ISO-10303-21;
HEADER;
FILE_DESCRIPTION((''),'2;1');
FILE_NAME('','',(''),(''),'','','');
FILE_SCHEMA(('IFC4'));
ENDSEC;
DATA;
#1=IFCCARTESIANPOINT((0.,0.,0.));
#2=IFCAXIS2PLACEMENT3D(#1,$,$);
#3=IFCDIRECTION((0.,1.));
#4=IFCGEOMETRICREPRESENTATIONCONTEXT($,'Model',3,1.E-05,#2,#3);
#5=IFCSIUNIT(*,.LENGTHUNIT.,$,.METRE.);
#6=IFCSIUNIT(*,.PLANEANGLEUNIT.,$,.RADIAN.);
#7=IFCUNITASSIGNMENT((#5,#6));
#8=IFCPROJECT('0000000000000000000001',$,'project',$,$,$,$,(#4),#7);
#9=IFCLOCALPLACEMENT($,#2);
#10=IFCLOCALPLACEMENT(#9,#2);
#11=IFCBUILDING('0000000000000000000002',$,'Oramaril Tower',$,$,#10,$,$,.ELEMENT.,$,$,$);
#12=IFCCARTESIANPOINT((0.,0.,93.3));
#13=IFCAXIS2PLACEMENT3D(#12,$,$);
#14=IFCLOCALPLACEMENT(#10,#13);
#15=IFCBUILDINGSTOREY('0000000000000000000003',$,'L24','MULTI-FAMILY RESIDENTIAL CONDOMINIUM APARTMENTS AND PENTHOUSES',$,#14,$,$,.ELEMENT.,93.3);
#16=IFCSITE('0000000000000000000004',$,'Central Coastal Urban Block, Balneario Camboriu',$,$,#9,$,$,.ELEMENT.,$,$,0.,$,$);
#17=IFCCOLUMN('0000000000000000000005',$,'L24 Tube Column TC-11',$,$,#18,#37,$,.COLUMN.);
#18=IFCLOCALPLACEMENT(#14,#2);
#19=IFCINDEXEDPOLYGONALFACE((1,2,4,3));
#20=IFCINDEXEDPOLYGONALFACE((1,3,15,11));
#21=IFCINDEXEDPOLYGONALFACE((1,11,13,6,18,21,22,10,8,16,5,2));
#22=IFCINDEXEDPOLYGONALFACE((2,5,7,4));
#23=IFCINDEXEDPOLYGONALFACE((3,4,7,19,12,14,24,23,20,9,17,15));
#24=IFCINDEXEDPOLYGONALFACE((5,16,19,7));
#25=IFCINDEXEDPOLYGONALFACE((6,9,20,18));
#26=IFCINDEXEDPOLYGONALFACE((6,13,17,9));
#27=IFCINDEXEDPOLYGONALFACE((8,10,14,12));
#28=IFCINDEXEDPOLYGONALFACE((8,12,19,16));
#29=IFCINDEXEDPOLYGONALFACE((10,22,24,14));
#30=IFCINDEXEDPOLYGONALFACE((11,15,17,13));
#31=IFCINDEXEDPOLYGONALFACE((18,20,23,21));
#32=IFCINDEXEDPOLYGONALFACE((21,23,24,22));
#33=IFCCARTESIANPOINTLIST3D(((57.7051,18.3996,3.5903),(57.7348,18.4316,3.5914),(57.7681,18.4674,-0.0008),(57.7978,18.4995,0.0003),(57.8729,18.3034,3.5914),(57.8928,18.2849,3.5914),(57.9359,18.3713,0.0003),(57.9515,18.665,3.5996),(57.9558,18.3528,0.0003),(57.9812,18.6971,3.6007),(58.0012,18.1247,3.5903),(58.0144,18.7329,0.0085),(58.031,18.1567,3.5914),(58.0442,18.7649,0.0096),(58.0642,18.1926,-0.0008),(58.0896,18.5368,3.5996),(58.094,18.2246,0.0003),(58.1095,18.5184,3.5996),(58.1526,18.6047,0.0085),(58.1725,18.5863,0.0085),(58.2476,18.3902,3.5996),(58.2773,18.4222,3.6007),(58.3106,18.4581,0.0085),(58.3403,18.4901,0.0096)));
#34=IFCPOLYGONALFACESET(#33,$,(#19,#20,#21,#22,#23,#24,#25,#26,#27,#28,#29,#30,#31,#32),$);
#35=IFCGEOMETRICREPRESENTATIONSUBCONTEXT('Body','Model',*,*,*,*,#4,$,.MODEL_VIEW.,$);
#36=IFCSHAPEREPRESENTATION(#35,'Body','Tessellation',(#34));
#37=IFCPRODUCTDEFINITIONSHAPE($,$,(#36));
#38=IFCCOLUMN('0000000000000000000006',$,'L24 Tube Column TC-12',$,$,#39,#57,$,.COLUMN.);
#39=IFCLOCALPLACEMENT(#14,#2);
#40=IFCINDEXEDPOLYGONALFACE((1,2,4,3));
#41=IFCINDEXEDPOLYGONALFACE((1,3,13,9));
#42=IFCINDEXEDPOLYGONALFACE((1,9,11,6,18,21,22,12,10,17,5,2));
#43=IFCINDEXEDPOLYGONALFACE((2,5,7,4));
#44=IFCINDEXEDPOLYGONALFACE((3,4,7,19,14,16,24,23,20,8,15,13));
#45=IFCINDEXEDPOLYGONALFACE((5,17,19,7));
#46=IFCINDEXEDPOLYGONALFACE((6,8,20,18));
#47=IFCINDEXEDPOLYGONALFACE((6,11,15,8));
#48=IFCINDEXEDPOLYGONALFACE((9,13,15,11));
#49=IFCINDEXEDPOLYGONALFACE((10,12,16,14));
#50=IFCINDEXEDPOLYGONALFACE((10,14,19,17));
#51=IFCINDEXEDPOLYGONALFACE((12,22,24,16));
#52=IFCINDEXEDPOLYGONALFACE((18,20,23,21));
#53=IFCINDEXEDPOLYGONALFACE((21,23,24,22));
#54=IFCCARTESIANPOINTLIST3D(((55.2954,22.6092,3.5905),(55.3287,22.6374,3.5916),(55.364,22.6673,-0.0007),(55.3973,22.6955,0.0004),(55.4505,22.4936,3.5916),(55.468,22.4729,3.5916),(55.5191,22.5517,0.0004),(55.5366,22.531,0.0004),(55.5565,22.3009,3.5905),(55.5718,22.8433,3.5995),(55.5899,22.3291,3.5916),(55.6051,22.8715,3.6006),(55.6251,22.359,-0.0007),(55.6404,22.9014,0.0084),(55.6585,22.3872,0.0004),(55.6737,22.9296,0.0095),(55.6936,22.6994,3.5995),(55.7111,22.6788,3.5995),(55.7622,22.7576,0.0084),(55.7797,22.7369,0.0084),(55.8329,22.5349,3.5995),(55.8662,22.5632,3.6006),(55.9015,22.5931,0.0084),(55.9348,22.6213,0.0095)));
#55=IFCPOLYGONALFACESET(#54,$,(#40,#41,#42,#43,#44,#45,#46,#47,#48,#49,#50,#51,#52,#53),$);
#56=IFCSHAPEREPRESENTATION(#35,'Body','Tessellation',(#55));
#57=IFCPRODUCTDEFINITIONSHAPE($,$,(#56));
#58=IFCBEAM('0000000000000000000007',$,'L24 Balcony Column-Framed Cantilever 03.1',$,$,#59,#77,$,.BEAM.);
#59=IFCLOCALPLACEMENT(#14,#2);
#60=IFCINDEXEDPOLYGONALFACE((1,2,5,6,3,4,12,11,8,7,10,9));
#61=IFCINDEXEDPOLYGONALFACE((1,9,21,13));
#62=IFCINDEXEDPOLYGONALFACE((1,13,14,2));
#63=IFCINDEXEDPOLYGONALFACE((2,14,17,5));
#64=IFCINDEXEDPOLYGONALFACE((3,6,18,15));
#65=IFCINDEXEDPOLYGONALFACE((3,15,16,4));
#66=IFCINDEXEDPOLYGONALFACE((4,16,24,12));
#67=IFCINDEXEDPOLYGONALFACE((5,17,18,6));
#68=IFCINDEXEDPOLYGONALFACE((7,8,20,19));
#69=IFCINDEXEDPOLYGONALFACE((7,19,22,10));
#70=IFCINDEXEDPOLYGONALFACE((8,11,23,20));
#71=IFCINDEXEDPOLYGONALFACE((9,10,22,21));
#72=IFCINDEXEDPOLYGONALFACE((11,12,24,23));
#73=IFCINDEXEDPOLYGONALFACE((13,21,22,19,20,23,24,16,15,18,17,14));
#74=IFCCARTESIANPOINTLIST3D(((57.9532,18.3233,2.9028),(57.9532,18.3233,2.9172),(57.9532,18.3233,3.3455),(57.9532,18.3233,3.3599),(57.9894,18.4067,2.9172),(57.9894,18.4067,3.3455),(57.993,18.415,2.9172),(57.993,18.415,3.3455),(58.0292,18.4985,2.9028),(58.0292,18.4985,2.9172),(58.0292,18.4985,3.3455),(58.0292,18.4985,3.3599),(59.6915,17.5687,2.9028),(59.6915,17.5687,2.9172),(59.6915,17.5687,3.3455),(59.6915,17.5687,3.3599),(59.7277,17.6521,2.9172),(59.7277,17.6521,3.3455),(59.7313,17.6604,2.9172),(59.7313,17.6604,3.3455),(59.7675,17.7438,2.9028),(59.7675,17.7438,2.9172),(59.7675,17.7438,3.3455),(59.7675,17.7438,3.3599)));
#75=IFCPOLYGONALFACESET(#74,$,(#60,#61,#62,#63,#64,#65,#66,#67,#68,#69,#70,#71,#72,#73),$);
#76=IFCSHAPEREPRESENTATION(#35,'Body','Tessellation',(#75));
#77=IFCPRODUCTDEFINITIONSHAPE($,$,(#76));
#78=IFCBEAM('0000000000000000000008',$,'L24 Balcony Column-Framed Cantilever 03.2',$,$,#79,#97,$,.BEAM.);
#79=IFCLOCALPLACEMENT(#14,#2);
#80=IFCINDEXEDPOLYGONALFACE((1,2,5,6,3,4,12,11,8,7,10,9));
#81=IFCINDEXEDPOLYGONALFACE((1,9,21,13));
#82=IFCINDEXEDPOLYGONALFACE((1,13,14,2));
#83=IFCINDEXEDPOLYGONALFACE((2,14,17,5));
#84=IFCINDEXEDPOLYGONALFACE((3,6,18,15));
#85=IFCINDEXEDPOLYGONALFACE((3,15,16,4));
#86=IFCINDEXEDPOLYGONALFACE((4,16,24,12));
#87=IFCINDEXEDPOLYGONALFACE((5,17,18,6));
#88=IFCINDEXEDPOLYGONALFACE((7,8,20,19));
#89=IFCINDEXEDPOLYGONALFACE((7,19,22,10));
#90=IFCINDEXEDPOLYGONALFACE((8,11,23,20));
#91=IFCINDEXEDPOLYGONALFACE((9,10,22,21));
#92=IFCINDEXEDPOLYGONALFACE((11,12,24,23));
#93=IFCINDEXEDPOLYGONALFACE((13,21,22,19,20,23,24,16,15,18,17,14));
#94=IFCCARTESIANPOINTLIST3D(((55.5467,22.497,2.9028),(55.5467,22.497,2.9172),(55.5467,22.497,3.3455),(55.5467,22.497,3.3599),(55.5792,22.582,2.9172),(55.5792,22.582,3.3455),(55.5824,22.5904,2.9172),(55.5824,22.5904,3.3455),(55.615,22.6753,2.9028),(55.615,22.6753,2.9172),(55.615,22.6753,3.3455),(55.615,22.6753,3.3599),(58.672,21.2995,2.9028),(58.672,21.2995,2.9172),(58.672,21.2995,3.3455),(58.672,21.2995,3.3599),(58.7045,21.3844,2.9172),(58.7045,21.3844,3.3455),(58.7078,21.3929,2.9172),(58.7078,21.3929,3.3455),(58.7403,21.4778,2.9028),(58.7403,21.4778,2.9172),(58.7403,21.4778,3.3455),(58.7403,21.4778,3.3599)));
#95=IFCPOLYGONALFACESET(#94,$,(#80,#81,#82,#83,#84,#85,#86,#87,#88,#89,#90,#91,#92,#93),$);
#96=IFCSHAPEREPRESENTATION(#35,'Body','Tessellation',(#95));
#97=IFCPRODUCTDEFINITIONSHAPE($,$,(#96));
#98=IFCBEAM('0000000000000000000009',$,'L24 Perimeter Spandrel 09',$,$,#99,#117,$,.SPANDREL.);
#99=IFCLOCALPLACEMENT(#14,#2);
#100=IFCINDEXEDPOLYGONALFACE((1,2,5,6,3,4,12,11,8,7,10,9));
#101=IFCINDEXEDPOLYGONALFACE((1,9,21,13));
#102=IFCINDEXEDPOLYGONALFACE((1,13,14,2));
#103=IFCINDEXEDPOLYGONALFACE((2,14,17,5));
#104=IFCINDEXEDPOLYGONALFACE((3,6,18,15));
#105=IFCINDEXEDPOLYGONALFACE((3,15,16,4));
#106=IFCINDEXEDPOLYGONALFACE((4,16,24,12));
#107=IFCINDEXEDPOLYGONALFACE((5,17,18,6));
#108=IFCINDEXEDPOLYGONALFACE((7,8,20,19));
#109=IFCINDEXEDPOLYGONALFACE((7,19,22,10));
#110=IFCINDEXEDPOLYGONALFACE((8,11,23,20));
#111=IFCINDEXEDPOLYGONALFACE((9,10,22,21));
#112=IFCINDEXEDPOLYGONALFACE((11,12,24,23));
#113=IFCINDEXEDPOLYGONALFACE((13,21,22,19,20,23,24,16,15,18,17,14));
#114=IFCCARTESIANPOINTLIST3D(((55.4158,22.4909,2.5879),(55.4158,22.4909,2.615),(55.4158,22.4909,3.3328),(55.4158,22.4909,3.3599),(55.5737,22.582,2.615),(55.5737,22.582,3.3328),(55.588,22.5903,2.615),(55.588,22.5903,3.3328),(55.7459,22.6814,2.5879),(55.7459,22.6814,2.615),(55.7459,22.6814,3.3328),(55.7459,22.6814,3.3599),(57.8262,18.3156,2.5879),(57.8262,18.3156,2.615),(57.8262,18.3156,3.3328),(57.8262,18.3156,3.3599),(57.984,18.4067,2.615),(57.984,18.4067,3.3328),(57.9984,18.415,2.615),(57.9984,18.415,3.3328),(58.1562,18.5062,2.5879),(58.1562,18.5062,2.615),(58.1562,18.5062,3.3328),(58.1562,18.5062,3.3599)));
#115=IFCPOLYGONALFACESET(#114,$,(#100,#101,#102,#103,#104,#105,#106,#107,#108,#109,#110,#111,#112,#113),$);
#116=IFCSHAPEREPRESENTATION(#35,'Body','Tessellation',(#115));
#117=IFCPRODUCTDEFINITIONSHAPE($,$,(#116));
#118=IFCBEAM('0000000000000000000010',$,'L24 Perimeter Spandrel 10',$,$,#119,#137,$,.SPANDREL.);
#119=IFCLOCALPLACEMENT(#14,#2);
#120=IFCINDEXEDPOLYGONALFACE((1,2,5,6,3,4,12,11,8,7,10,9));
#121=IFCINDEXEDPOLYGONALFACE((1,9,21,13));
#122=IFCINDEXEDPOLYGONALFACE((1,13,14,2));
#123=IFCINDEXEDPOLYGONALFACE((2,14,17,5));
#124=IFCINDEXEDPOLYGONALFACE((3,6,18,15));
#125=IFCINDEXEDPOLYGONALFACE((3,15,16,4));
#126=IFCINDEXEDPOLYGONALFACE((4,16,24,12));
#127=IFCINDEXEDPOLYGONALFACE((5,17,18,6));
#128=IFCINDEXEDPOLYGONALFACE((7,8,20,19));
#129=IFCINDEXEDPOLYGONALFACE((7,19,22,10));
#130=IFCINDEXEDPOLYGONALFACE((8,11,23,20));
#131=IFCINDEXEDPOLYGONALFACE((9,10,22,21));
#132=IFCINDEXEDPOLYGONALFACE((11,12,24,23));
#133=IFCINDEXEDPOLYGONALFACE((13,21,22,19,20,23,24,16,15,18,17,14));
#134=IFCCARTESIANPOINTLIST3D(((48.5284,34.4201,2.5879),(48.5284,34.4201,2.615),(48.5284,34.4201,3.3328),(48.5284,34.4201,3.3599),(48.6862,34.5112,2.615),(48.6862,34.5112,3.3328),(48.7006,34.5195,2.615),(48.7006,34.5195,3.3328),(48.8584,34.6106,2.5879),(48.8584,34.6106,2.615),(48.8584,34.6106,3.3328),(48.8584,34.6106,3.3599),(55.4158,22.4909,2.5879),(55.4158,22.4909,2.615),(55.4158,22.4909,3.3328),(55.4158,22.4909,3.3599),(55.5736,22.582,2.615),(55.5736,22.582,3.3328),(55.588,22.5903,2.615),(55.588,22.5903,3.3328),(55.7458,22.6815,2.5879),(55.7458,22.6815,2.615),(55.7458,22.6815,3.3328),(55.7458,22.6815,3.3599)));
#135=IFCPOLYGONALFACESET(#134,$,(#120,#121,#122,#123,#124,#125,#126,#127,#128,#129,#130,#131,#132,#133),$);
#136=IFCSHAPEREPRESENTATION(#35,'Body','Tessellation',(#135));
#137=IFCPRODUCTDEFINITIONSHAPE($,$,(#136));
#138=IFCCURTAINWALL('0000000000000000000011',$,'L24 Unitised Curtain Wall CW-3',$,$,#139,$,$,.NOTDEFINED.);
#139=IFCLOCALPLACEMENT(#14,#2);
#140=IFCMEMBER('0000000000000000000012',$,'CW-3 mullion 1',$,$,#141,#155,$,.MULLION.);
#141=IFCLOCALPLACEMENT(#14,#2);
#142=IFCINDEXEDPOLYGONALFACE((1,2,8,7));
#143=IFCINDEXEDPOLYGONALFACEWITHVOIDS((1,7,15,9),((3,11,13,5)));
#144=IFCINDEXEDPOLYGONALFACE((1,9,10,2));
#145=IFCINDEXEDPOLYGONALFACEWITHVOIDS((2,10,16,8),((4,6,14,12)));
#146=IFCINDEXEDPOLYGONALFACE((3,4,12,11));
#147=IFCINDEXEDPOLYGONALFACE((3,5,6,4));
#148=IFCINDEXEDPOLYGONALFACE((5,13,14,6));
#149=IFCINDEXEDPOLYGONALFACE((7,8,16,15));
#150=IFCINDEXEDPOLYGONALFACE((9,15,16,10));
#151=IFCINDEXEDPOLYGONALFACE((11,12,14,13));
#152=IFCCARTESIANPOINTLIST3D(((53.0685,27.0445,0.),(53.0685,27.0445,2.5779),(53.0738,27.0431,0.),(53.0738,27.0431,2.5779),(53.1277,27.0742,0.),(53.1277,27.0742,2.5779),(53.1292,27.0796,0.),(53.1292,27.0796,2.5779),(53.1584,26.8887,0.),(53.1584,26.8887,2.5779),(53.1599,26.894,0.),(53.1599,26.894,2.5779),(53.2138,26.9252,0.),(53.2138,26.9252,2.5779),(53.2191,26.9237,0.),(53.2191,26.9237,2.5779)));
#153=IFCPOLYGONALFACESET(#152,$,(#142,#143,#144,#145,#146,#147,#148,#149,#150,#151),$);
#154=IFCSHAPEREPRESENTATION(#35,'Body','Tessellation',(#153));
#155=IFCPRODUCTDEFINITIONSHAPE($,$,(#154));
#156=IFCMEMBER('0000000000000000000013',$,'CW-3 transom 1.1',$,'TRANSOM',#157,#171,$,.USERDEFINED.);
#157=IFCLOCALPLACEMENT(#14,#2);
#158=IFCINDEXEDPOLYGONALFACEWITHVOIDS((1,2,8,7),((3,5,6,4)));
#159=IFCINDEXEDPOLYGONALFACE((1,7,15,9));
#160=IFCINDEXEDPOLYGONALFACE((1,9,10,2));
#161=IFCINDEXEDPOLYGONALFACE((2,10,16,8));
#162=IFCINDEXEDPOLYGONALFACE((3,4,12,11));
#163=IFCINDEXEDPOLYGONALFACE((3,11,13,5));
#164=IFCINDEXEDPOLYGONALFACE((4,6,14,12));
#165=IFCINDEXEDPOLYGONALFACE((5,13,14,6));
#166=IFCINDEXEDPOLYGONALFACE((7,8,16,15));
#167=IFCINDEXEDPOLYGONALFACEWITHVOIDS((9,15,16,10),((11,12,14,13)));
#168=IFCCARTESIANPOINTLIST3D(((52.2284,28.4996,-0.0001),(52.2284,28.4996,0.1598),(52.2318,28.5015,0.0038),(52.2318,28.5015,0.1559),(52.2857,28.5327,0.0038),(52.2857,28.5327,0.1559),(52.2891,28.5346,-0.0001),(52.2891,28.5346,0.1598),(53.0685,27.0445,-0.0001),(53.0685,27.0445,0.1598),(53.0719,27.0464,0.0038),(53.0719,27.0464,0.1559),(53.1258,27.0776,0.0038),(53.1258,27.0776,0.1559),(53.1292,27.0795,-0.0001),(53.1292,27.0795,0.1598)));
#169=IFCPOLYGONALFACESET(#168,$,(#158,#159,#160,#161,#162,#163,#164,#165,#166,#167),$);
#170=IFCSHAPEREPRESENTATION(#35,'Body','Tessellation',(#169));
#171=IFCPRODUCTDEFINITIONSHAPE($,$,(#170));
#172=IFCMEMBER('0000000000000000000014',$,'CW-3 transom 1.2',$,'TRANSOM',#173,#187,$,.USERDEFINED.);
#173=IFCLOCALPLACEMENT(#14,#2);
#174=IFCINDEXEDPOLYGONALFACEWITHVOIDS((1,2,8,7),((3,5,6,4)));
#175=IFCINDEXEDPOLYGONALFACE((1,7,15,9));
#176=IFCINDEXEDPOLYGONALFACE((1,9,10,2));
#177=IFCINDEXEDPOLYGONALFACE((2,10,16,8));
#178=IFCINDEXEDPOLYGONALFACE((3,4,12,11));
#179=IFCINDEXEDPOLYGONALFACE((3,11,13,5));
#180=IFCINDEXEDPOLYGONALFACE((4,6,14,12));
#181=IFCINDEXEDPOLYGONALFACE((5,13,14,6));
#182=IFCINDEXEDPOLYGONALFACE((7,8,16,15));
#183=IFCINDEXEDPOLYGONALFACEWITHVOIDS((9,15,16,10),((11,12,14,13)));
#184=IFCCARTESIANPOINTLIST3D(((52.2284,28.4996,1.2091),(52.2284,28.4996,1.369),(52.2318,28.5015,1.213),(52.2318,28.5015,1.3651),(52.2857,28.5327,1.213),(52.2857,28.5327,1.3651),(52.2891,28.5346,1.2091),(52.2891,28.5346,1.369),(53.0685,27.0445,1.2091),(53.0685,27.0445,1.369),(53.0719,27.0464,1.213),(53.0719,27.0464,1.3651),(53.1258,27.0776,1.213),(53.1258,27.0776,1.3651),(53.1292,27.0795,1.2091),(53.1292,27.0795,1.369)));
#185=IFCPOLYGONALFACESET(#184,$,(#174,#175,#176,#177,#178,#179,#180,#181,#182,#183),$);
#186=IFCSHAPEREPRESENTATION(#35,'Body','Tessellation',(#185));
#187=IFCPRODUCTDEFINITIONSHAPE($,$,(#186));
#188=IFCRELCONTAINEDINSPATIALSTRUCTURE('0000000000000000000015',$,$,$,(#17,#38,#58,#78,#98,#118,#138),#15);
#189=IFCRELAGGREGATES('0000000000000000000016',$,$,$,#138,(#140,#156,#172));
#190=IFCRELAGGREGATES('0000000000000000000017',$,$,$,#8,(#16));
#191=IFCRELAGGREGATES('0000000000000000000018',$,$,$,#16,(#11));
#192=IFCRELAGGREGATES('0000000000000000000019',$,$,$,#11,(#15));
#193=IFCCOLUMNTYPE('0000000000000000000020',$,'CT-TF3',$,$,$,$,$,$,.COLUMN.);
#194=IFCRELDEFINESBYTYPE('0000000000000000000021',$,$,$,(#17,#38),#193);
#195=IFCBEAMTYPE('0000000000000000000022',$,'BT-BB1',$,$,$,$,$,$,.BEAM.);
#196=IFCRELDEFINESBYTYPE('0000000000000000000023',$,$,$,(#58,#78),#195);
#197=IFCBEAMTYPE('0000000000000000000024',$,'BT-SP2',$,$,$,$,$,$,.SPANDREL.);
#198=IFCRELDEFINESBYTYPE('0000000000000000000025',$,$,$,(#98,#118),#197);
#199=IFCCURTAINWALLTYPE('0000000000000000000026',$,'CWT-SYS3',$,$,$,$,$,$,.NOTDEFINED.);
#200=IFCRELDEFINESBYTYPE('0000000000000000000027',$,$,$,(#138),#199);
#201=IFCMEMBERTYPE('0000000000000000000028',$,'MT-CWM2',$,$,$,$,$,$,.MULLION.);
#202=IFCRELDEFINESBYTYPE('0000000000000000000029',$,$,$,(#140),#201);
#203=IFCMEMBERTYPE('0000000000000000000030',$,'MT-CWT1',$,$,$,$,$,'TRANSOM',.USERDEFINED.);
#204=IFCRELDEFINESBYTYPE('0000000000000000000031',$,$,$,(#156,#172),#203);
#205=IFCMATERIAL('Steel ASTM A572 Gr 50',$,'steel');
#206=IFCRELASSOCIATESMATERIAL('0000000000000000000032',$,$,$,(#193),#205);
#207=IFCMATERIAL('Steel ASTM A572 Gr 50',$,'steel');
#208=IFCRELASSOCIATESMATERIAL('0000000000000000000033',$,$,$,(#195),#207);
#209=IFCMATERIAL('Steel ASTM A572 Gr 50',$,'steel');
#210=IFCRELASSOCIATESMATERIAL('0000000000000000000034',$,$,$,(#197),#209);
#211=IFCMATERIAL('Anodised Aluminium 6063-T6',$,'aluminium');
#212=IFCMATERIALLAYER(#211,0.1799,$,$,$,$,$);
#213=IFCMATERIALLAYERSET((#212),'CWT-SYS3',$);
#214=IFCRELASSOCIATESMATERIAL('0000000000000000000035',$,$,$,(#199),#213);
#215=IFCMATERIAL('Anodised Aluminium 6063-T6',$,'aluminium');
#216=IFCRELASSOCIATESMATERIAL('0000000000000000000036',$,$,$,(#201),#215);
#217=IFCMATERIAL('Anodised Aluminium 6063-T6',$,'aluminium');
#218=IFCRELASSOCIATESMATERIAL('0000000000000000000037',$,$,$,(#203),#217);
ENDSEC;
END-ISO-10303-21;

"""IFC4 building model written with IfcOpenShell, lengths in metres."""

from ifc_helpers import new_model, si_unit, direction, frame, origin, origin_2d, place, context, subcontext, project, spatial, hollow_rectangle, i_section, extrude, material, layer, layer_set, material_profile, profile_set, type_object, element, aggregate, save


model = new_model("IFC4")

# Units and contexts
model_context = context("Model", 3, precision=1e-05, world=origin(), true_north=direction((0.0, 1.0)))
body_context = subcontext(model_context, "Body", "Model", "MODEL_VIEW")
ifc_project = project(units=[si_unit("LENGTHUNIT", "METRE"), si_unit("PLANEANGLEUNIT", "RADIAN")], contexts=[model_context])

# Site, building, storey
site_placement = place(None, origin())
site = spatial("IfcSite", under=ifc_project, at=site_placement, Name="Central Coastal Urban Block, Balneario Camboriu", CompositionType="ELEMENT", RefElevation=0.0)
building_placement = place(site_placement, origin())
building = spatial("IfcBuilding", under=site, at=building_placement, Name="Oramaril Tower", CompositionType="ELEMENT")
storey_placement = place(building_placement, frame((0.0, 0.0, 93.3)))
storey = spatial("IfcBuildingStorey", under=building, at=storey_placement, Name="L24", Description="MULTI-FAMILY RESIDENTIAL CONDOMINIUM APARTMENTS AND PENTHOUSES", CompositionType="ELEMENT", Elevation=93.3)

# Columns
ifc_material_1 = material(Name="Steel ASTM A572 Gr 50", Category="steel")
ifc_material_profile_1 = material_profile(ifc_material_1, i_section(OverallWidth=0.4041, OverallDepth=0.406, WebThickness=0.0271, FlangeThickness=0.0437, at=origin_2d()), Name="W14X233")
ifc_profile_set_1 = profile_set([ifc_material_profile_1], Name="Steel ASTM A572 Gr 50")
column_type = type_object("IfcColumnType", Name="CT-TF3", PredefinedType="COLUMN", material=ifc_profile_set_1)
for number, where, z_axis, x_axis, name in (
    (1, (58.0542, 18.4788, 0.0044), (-0.017534, -0.018894, 0.999668), (0.732981, -0.680249, 0.0), "L24 Tube Column TC-11"),
    (2, (55.6494, 22.6443, 0.0044), (-0.019098, -0.016176, 0.999687), (0.646307, -0.763077, 0.0), "L24 Tube Column TC-12"),
):
    element("IfcColumn", number, at=place(storey_placement, frame(where, z_axis=z_axis, x_axis=x_axis)), inside=storey, type_object=column_type, Name=name, PredefinedType="COLUMN", context=body_context, shape_type="SweptSolid", body=[
        extrude(i_section(OverallWidth=0.4041, OverallDepth=0.406, WebThickness=0.0271, FlangeThickness=0.0437, at=origin_2d()), origin(), (0.0, 0.0, 1.0), 3.5923),
    ])

# Beams
ifc_material_2 = material(Name="Steel ASTM A572 Gr 50", Category="steel")
ifc_material_profile_2 = material_profile(ifc_material_2, i_section(OverallWidth=0.1909, OverallDepth=0.457, WebThickness=0.009, FlangeThickness=0.0144, at=origin_2d()), Name="W18X50")
ifc_profile_set_2 = profile_set([ifc_material_profile_2], Name="Steel ASTM A572 Gr 50")
beam_type_1 = type_object("IfcBeamType", Name="BT-BB1", PredefinedType="BEAM", material=ifc_profile_set_2)
beam_1_placement = place(storey_placement, frame((57.9912, 18.4109, 3.1313), z_axis=(0.917289, -0.398222, 0.0), x_axis=(0.398222, 0.917289, 0.0)))
element("IfcBeam", 3, at=beam_1_placement, inside=storey, type_object=beam_type_1, Name="L24 Balcony Column-Framed Cantilever 03.1", PredefinedType="BEAM", context=body_context, shape_type="SweptSolid", body=[
    extrude(i_section(OverallWidth=0.1909, OverallDepth=0.457, WebThickness=0.009, FlangeThickness=0.0144, at=origin_2d()), origin(), (0.0, 0.0, 1.0), 1.895),
])
beam_2_placement = place(storey_placement, frame((55.5808, 22.5862, 3.1313), z_axis=(0.933796, -0.357806, 0.0), x_axis=(0.357806, 0.933796, 0.0)))
element("IfcBeam", 4, at=beam_2_placement, inside=storey, type_object=beam_type_1, Name="L24 Balcony Column-Framed Cantilever 03.2", PredefinedType="BEAM", context=body_context, shape_type="SweptSolid", body=[
    extrude(i_section(OverallWidth=0.1909, OverallDepth=0.457, WebThickness=0.009, FlangeThickness=0.0144, at=origin_2d()), origin(), (0.0, 0.0, 1.0), 3.3469),
])
ifc_material_3 = material(Name="Steel ASTM A572 Gr 50", Category="steel")
ifc_material_profile_3 = material_profile(ifc_material_3, i_section(OverallWidth=0.3811, OverallDepth=0.772, WebThickness=0.0166, FlangeThickness=0.0271, at=origin_2d()), Name="W30X173")
ifc_profile_set_3 = profile_set([ifc_material_profile_3], Name="Steel ASTM A572 Gr 50")
beam_type_2 = type_object("IfcBeamType", Name="BT-SP2", PredefinedType="SPANDREL", material=ifc_profile_set_3)
beam_3_placement = place(storey_placement, frame((57.9912, 18.4109, 2.9739), z_axis=(-0.499968, 0.866044, 0.0), x_axis=(-0.866044, -0.499968, 0.0)))
element("IfcBeam", 5, at=beam_3_placement, inside=storey, type_object=beam_type_2, Name="L24 Perimeter Spandrel 09", PredefinedType="SPANDREL", context=body_context, shape_type="SweptSolid", body=[
    extrude(i_section(OverallWidth=0.3811, OverallDepth=0.772, WebThickness=0.0166, FlangeThickness=0.0271, at=origin_2d()), origin(), (0.0, 0.0, 1.0), 4.821),
])
beam_4_placement = place(storey_placement, frame((55.5808, 22.5862, 2.9739), z_axis=(-0.500007, 0.866021, 0.0), x_axis=(-0.866021, -0.500007, 0.0)))
element("IfcBeam", 6, at=beam_4_placement, inside=storey, type_object=beam_type_2, Name="L24 Perimeter Spandrel 10", PredefinedType="SPANDREL", context=body_context, shape_type="SweptSolid", body=[
    extrude(i_section(OverallWidth=0.3811, OverallDepth=0.772, WebThickness=0.0166, FlangeThickness=0.0271, at=origin_2d()), origin(), (0.0, 0.0, 1.0), 13.7747),
])

# Curtain wall, members
ifc_material_4 = material(Name="Anodised Aluminium 6063-T6", Category="aluminium")
ifc_layer_1 = layer(ifc_material_4, 0.1799)
ifc_layer_set_1 = layer_set([ifc_layer_1], Name="CWT-SYS3")
curtain_wall_type = type_object("IfcCurtainWallType", Name="CWT-SYS3", PredefinedType="NOTDEFINED", material=ifc_layer_set_1)
curtain_wall_placement = place(storey_placement, origin())
curtain_wall = element("IfcCurtainWall", 7, at=curtain_wall_placement, inside=storey, type_object=curtain_wall_type, Name="L24 Unitised Curtain Wall CW-3", PredefinedType="NOTDEFINED")
ifc_material_5 = material(Name="Anodised Aluminium 6063-T6", Category="aluminium")
ifc_material_profile_4 = material_profile(ifc_material_5, hollow_rectangle(XDim=0.0701, YDim=0.1799, WallThickness=0.0039, at=origin_2d()), Name="CWM180X70")
ifc_profile_set_4 = profile_set([ifc_material_profile_4], Name="Anodised Aluminium 6063-T6")
member_type_1 = type_object("IfcMemberType", Name="MT-CWM2", PredefinedType="MULLION", material=ifc_profile_set_4)
member_1_placement = place(storey_placement, frame((53.1438, 26.9841, 0.0), z_axis=(0.0, 0.0, 1.0), x_axis=(-0.866025, -0.5, 0.0)))
member_1 = element("IfcMember", 8, at=member_1_placement, type_object=member_type_1, Name="CW-3 mullion 1", PredefinedType="MULLION", context=body_context, shape_type="SweptSolid", body=[
    extrude(hollow_rectangle(XDim=0.0701, YDim=0.1799, WallThickness=0.0039, at=origin_2d()), origin(), (0.0, 0.0, 1.0), 2.5779),
])
ifc_material_6 = material(Name="Anodised Aluminium 6063-T6", Category="aluminium")
ifc_material_profile_5 = material_profile(ifc_material_6, hollow_rectangle(XDim=0.0701, YDim=0.1599, WallThickness=0.0039, at=origin_2d()), Name="CWT160X70")
ifc_profile_set_5 = profile_set([ifc_material_profile_5], Name="Anodised Aluminium 6063-T6")
member_type_2 = type_object("IfcMemberType", Name="MT-CWT1", ElementType="TRANSOM", PredefinedType="USERDEFINED", material=ifc_profile_set_5)
member_2_placement = place(storey_placement, frame((53.0989, 27.062, 0.0798), z_axis=(-0.499999, 0.866026, 0.0), x_axis=(-0.866026, -0.499999, 0.0)))
member_2 = element("IfcMember", 9, at=member_2_placement, type_object=member_type_2, Name="CW-3 transom 1.1", ObjectType="TRANSOM", PredefinedType="USERDEFINED", context=body_context, shape_type="SweptSolid", body=[
    extrude(hollow_rectangle(XDim=0.0701, YDim=0.1599, WallThickness=0.0039, at=origin_2d()), origin(), (0.0, 0.0, 1.0), 1.6802),
])
member_3_placement = place(storey_placement, frame((53.0989, 27.062, 1.2891), z_axis=(-0.499999, 0.866026, 0.0), x_axis=(-0.866026, -0.499999, 0.0)))
member_3 = element("IfcMember", 10, at=member_3_placement, type_object=member_type_2, Name="CW-3 transom 1.2", ObjectType="TRANSOM", PredefinedType="USERDEFINED", context=body_context, shape_type="SweptSolid", body=[
    extrude(hollow_rectangle(XDim=0.0701, YDim=0.1599, WallThickness=0.0039, at=origin_2d()), origin(), (0.0, 0.0, 1.0), 1.6802),
])
aggregate(curtain_wall, [member_1, member_2, member_3])

save(model, "model.ifc")
